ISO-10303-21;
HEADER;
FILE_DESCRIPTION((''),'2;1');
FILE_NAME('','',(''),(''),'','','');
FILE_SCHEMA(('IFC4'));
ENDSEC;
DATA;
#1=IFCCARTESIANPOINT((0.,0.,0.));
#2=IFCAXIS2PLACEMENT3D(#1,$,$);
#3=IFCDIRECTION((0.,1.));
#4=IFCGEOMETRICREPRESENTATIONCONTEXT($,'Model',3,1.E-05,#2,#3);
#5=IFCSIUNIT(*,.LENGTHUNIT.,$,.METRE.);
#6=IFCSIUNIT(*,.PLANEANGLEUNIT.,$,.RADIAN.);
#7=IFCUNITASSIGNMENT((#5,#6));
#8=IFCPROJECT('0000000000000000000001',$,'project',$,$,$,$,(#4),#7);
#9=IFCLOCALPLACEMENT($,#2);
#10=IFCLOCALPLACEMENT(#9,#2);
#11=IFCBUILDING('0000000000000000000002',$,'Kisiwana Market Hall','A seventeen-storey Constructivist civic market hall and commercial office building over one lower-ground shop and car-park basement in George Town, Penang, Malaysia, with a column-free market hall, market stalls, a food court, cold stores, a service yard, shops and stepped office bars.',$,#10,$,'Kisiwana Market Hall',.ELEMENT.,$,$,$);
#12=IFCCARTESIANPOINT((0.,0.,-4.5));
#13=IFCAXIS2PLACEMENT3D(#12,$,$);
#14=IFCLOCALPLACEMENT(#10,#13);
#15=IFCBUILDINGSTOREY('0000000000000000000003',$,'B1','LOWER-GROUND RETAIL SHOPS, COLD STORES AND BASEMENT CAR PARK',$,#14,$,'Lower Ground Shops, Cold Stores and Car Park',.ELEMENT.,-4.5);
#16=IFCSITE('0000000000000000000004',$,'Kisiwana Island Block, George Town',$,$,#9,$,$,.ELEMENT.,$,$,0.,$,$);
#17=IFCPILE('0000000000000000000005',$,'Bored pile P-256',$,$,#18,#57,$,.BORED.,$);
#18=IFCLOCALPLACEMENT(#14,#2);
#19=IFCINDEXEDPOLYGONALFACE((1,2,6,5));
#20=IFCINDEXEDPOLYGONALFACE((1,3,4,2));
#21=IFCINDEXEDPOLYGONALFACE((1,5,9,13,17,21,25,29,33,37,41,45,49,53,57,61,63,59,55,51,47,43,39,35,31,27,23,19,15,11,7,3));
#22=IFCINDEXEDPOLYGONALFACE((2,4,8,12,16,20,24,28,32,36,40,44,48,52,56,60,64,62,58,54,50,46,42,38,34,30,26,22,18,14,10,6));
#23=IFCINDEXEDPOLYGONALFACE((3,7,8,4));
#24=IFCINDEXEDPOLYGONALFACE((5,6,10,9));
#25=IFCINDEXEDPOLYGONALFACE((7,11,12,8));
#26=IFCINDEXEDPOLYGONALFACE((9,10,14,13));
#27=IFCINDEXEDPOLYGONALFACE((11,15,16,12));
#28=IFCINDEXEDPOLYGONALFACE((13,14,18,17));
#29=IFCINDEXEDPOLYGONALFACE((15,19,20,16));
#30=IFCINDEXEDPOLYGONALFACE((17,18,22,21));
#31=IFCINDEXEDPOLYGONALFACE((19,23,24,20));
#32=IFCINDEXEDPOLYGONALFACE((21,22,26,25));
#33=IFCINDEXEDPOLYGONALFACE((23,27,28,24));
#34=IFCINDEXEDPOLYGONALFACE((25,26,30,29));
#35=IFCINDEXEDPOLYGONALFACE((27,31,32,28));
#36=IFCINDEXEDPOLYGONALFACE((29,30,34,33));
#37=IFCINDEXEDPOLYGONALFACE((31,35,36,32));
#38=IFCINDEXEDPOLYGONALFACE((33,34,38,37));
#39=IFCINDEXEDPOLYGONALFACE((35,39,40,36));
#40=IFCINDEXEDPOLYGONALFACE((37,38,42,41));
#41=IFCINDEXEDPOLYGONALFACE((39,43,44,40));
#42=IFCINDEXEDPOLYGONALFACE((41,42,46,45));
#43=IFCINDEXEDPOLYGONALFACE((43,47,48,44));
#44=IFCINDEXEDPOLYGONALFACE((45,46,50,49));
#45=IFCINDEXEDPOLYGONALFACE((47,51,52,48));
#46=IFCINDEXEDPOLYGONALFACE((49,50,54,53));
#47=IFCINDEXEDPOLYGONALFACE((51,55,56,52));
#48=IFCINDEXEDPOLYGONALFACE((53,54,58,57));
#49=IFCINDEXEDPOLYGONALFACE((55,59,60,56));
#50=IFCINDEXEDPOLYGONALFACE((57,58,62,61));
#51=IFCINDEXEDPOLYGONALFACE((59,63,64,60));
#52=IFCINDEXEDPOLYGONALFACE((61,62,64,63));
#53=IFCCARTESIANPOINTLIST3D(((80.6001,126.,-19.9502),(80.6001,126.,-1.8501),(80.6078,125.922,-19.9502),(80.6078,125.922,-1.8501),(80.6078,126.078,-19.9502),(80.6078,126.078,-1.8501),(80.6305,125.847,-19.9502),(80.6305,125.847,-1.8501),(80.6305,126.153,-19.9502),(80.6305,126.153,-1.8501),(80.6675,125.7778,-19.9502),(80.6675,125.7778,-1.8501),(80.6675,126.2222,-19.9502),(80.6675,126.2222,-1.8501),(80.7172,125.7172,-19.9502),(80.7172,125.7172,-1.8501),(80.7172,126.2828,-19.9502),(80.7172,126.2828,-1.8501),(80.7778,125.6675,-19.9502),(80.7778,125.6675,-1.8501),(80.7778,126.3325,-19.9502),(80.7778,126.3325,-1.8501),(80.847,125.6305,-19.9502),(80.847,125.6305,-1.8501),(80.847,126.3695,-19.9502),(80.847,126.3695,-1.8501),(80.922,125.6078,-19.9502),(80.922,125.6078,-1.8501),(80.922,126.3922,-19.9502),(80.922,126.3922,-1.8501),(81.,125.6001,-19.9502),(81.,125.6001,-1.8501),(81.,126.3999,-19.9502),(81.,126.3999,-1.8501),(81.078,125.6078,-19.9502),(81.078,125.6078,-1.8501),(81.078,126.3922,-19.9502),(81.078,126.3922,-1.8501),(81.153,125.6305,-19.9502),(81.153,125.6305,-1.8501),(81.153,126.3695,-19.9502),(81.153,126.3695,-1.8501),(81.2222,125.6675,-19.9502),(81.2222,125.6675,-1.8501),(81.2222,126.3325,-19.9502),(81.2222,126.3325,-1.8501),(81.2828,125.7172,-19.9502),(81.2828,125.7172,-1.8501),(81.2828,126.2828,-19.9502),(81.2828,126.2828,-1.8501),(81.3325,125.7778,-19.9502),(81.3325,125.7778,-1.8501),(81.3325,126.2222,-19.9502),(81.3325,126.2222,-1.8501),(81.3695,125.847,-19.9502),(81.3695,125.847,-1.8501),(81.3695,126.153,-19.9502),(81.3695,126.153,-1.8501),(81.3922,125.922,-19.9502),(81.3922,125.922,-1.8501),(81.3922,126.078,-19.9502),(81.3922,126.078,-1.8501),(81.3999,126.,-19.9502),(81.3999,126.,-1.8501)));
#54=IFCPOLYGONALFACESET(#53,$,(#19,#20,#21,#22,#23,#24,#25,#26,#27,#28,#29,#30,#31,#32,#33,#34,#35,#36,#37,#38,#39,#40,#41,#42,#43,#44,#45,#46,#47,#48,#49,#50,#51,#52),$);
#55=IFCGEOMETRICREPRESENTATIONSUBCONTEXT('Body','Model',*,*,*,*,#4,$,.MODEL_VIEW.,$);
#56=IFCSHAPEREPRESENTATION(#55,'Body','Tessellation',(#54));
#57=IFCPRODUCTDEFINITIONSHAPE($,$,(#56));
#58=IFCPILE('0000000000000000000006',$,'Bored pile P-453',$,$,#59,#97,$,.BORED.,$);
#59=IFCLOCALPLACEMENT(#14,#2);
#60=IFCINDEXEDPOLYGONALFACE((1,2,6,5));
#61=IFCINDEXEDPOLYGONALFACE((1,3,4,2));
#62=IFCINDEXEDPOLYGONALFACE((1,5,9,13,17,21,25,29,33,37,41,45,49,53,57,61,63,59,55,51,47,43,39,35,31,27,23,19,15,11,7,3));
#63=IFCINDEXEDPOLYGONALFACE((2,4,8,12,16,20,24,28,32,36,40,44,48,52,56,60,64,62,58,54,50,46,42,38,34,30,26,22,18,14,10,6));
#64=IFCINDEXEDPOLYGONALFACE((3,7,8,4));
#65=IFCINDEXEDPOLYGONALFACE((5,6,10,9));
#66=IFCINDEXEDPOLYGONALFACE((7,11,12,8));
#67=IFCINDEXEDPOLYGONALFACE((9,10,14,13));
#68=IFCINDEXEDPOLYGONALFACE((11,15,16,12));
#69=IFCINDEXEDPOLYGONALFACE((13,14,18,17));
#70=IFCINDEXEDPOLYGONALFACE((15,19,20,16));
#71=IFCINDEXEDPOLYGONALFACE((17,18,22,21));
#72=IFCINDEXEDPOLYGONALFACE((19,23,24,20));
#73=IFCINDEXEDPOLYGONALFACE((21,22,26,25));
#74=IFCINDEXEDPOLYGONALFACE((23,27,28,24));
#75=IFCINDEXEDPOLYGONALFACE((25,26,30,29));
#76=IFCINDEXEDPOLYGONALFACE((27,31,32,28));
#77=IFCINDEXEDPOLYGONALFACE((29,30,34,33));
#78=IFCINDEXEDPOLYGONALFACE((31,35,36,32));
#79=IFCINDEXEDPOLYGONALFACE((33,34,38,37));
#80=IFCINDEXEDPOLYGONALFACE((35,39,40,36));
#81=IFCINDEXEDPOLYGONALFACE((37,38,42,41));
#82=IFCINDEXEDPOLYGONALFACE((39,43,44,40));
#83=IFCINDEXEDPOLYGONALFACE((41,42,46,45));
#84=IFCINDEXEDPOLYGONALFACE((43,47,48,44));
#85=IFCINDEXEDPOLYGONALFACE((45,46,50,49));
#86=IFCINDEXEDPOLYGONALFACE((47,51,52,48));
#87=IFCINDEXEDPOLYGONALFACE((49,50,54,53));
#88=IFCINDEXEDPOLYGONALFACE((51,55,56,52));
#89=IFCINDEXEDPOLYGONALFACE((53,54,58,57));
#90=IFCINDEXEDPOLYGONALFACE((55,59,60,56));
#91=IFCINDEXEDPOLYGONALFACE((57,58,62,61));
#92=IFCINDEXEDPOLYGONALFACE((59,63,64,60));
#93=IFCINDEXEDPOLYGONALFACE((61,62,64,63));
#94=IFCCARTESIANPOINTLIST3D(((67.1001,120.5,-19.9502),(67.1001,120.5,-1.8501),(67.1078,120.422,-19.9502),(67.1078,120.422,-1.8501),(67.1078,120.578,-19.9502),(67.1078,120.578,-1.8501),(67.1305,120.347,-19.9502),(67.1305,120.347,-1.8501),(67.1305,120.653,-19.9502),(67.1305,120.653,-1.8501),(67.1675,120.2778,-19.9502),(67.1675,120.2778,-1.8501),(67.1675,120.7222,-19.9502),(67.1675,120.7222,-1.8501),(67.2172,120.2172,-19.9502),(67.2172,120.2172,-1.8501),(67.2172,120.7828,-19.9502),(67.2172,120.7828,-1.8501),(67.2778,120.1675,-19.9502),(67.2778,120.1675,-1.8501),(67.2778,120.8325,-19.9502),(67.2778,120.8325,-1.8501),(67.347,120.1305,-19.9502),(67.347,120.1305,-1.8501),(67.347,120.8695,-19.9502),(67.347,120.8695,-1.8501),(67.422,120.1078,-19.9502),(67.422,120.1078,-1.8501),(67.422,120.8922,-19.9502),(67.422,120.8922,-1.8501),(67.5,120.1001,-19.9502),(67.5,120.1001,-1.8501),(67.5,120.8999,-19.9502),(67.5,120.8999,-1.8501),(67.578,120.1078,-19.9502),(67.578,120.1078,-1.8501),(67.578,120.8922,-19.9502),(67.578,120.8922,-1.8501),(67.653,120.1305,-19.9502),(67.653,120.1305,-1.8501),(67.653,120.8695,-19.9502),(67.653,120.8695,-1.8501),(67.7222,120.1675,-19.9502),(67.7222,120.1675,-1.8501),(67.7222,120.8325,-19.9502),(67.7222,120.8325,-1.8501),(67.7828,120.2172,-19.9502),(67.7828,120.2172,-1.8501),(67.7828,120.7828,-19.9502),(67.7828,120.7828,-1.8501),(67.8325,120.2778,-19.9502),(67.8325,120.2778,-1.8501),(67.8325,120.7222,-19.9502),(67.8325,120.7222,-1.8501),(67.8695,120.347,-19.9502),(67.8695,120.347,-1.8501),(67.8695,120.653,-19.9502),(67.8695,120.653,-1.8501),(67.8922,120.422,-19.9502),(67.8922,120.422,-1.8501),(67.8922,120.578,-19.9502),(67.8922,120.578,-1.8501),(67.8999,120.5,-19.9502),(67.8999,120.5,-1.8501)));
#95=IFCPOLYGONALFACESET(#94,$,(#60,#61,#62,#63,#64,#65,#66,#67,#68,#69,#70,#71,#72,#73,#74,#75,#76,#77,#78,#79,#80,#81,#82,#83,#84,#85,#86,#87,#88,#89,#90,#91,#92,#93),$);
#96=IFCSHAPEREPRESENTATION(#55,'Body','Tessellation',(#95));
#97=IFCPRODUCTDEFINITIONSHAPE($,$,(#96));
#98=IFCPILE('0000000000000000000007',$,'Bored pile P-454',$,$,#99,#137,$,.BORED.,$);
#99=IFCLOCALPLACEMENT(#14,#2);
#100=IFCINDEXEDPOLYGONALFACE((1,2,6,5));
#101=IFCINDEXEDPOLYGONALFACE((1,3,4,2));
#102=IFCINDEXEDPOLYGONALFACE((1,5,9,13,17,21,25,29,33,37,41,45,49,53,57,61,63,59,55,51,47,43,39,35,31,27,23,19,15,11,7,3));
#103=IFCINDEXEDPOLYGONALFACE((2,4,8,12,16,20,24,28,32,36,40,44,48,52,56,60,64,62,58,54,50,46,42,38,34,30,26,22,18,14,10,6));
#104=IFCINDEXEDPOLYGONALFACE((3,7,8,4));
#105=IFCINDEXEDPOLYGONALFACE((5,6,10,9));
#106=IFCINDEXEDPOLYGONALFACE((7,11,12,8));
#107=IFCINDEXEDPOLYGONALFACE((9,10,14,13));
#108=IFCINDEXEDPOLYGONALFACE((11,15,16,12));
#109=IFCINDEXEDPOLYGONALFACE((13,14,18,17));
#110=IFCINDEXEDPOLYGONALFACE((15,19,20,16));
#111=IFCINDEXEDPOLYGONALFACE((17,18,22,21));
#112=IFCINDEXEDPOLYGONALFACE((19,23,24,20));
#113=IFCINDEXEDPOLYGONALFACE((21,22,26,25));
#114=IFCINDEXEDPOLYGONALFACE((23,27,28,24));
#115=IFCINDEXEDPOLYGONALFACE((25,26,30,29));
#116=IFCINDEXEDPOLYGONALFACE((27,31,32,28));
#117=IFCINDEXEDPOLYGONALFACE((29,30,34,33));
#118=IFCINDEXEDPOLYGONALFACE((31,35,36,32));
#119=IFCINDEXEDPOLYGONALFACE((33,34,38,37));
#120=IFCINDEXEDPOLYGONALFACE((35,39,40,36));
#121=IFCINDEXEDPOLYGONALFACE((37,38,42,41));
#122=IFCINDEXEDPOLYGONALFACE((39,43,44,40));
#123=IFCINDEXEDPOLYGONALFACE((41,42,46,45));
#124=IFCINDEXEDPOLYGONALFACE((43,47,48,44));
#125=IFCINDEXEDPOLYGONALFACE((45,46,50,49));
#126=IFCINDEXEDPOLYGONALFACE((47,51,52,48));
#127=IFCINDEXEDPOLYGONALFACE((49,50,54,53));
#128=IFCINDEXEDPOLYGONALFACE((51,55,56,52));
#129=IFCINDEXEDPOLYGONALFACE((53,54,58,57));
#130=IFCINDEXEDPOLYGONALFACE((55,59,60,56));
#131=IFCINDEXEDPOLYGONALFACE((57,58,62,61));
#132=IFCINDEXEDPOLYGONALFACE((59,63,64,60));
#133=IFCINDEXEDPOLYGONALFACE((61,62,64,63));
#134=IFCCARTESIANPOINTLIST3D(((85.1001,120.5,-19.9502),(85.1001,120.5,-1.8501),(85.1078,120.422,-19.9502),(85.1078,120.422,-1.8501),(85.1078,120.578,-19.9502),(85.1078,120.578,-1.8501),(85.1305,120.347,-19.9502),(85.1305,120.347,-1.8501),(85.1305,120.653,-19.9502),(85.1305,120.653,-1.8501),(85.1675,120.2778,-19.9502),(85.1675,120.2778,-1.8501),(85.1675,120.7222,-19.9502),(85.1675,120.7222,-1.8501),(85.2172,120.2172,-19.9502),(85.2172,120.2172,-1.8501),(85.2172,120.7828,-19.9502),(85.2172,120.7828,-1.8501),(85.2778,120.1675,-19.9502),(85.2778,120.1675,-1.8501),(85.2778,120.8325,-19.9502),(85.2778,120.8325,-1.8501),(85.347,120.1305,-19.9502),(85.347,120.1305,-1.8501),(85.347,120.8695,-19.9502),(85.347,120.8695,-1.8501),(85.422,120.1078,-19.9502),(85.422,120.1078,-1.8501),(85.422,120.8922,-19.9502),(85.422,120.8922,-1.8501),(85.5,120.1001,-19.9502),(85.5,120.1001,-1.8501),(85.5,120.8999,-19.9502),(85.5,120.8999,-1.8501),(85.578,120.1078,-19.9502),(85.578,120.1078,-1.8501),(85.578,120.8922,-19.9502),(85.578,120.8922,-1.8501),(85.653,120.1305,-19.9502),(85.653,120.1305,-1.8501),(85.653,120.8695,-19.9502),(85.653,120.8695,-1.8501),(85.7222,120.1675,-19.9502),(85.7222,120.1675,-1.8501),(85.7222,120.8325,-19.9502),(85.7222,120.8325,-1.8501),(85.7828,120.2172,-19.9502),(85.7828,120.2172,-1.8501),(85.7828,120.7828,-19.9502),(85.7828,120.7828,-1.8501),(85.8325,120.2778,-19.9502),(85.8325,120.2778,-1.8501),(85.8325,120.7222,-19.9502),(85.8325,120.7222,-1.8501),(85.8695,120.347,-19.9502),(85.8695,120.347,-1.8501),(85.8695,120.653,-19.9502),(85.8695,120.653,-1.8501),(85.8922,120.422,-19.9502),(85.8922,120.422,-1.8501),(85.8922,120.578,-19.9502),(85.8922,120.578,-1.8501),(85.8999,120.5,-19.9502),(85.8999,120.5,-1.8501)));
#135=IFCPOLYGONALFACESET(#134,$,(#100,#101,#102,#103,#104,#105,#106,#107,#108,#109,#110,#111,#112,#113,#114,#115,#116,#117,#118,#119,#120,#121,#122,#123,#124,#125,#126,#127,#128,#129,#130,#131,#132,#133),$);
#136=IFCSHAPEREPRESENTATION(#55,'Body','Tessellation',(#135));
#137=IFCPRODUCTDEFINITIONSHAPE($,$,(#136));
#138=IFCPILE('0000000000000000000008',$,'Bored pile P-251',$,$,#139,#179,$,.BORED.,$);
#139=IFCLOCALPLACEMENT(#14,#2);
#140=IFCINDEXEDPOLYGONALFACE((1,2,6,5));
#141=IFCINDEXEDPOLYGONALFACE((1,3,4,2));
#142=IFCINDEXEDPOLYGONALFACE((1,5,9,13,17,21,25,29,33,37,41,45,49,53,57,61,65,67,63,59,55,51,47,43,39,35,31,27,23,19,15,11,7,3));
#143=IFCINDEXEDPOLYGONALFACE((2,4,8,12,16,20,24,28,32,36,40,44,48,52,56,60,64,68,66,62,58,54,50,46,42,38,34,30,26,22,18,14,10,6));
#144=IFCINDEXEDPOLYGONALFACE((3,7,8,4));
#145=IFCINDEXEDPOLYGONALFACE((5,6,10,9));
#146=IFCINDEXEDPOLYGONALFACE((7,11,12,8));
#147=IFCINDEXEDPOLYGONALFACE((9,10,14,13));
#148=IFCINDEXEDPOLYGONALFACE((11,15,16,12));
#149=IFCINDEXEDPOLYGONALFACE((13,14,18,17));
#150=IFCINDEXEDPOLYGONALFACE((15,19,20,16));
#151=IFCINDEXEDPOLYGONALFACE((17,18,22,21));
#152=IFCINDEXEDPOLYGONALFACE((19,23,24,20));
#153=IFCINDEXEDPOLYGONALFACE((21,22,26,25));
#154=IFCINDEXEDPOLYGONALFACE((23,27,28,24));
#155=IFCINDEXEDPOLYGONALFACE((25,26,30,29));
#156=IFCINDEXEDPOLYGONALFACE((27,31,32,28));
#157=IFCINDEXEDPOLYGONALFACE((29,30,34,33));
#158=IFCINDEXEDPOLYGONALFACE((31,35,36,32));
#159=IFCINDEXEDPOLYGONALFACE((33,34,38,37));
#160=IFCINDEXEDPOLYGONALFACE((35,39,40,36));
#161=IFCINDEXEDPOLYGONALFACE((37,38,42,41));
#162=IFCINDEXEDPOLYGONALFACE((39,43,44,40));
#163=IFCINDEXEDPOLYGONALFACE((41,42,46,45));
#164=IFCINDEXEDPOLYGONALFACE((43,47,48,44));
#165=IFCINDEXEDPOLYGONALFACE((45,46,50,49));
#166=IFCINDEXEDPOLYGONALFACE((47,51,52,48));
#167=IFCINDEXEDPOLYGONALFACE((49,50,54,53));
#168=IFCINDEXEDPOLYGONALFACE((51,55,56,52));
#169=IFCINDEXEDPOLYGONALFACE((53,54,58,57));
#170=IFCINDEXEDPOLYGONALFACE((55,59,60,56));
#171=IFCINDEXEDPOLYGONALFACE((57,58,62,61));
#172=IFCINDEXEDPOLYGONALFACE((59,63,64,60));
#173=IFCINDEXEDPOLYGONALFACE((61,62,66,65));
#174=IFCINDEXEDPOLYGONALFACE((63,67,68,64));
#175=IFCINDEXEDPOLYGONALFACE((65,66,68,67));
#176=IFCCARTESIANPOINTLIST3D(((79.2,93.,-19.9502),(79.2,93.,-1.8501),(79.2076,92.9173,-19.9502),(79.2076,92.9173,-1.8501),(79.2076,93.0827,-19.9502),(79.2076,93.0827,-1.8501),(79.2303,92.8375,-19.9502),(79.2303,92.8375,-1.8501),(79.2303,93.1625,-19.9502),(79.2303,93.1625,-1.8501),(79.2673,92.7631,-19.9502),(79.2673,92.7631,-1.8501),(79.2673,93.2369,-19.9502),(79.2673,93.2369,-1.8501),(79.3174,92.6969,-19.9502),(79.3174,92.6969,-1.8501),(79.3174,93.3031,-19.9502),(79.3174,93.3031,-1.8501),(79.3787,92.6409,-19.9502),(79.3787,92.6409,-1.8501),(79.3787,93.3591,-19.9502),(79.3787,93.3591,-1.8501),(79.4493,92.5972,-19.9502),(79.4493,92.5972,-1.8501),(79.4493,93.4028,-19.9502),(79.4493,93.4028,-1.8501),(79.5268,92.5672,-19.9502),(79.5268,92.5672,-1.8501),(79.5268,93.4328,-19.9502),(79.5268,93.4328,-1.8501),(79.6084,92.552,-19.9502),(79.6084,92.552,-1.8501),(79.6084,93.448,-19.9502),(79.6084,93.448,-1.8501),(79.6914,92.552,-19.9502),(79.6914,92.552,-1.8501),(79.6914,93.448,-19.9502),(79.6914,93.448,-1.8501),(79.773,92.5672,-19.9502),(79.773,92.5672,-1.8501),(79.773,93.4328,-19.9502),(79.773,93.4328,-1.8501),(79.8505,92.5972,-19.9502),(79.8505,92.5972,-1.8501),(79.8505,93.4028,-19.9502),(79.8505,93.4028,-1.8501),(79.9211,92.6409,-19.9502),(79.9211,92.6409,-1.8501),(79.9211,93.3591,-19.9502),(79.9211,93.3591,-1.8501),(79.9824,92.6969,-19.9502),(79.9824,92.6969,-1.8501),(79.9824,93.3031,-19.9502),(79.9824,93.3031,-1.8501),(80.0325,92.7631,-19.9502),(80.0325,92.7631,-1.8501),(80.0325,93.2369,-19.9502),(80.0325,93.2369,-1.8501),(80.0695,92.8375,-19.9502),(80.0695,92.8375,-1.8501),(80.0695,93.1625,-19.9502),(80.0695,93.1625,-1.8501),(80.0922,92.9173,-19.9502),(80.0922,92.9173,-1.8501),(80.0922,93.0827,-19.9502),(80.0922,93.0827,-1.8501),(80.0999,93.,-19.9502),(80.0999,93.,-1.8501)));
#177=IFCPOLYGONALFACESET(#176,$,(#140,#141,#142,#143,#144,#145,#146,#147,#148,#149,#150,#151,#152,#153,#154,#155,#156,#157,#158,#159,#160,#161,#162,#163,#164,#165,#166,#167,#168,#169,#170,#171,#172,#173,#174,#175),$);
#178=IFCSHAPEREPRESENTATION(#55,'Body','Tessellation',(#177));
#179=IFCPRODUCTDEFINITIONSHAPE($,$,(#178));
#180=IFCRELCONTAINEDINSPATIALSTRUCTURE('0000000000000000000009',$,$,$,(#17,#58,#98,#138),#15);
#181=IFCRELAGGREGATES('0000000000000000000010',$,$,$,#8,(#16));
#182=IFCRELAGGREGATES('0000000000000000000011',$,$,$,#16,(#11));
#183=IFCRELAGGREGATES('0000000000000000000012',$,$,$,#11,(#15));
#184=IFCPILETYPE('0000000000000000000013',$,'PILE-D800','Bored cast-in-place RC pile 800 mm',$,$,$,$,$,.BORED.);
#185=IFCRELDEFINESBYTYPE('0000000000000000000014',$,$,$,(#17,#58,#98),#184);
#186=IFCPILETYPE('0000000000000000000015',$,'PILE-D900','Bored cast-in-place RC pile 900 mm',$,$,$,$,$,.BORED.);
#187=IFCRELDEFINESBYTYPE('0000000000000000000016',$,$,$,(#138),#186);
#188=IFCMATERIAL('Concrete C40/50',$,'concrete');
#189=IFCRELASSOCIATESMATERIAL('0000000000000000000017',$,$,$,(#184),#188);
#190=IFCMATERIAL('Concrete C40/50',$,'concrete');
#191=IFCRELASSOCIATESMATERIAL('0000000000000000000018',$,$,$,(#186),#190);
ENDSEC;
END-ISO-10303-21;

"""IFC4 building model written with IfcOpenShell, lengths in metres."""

from ifc_helpers import new_model, si_unit, direction, frame, origin, origin_2d, place, context, subcontext, project, spatial, circle, extrude, material, material_profile, profile_set, type_object, element, save


model = new_model("IFC4")

# Units and contexts
model_context = context("Model", 3, precision=1e-05, world=origin(), true_north=direction((0.0, 1.0)))
body_context = subcontext(model_context, "Body", "Model", "MODEL_VIEW")
ifc_project = project(units=[si_unit("LENGTHUNIT", "METRE"), si_unit("PLANEANGLEUNIT", "RADIAN")], contexts=[model_context])

# Site, building, storey
site_placement = place(None, origin())
site = spatial("IfcSite", under=ifc_project, at=site_placement, Name="Kisiwana Island Block, George Town", CompositionType="ELEMENT", RefElevation=0.0)
building_placement = place(site_placement, origin())
building = spatial("IfcBuilding", under=site, at=building_placement, Name="Kisiwana Market Hall", Description="A seventeen-storey Constructivist civic market hall and commercial office building over one lower-ground shop and car-park basement in George Town, Penang, Malaysia, with a column-free market hall, market stalls, a food court, cold stores, a service yard, shops and stepped office bars.", LongName="Kisiwana Market Hall", CompositionType="ELEMENT")
storey_placement = place(building_placement, frame((0.0, 0.0, -4.5)))
storey = spatial("IfcBuildingStorey", under=building, at=storey_placement, Name="B1", Description="LOWER-GROUND RETAIL SHOPS, COLD STORES AND BASEMENT CAR PARK", LongName="Lower Ground Shops, Cold Stores and Car Park", CompositionType="ELEMENT", Elevation=-4.5)

# Piles
ifc_material_1 = material(Name="Concrete C40/50", Category="concrete")
ifc_material_profile_1 = material_profile(ifc_material_1, circle(Radius=0.3999, at=origin_2d()), Name="BP D800")
ifc_profile_set_1 = profile_set([ifc_material_profile_1], Name="Concrete C40/50")
pile_type_1 = type_object("IfcPileType", Name="PILE-D800", Description="Bored cast-in-place RC pile 800 mm", PredefinedType="BORED", material=ifc_profile_set_1)
for number, where, z_axis, x_axis, name in (
    (1, (81.0, 126.0, -1.8501), (0.0, 0.0, -1.0), (1.0, 0.0, 0.0), "Bored pile P-256"),
    (2, (67.5, 120.5, -1.8501), (0.0, 0.0, -1.0), (1.0, 0.0, 0.0), "Bored pile P-453"),
    (3, (85.5, 120.5, -1.8501), (0.0, 0.0, -1.0), (1.0, 0.0, 0.0), "Bored pile P-454"),
):
    element("IfcPile", number, at=place(storey_placement, frame(where, z_axis=z_axis, x_axis=x_axis)), inside=storey, type_object=pile_type_1, Name=name, PredefinedType="BORED", context=body_context, shape_type="SweptSolid", body=[
        extrude(circle(Radius=0.3999, at=origin_2d()), origin(), (0.0, 0.0, 1.0), 18.1001),
    ])
ifc_material_2 = material(Name="Concrete C40/50", Category="concrete")
ifc_material_profile_2 = material_profile(ifc_material_2, circle(Radius=0.45, at=origin_2d()), Name="BP D900")
ifc_profile_set_2 = profile_set([ifc_material_profile_2], Name="Concrete C40/50")
pile_type_2 = type_object("IfcPileType", Name="PILE-D900", Description="Bored cast-in-place RC pile 900 mm", PredefinedType="BORED", material=ifc_profile_set_2)
for number, where, z_axis, x_axis, name in (
    (4, (79.6499, 93.0, -1.8501), (0.0, 0.0, -1.0), (1.0, 0.0, 0.0), "Bored pile P-251"),
):
    element("IfcPile", number, at=place(storey_placement, frame(where, z_axis=z_axis, x_axis=x_axis)), inside=storey, type_object=pile_type_2, Name=name, PredefinedType="BORED", context=body_context, shape_type="SweptSolid", body=[
        extrude(circle(Radius=0.45, at=origin_2d()), origin(), (0.0, 0.0, 1.0), 18.1001),
    ])

save(model, "model.ifc")
